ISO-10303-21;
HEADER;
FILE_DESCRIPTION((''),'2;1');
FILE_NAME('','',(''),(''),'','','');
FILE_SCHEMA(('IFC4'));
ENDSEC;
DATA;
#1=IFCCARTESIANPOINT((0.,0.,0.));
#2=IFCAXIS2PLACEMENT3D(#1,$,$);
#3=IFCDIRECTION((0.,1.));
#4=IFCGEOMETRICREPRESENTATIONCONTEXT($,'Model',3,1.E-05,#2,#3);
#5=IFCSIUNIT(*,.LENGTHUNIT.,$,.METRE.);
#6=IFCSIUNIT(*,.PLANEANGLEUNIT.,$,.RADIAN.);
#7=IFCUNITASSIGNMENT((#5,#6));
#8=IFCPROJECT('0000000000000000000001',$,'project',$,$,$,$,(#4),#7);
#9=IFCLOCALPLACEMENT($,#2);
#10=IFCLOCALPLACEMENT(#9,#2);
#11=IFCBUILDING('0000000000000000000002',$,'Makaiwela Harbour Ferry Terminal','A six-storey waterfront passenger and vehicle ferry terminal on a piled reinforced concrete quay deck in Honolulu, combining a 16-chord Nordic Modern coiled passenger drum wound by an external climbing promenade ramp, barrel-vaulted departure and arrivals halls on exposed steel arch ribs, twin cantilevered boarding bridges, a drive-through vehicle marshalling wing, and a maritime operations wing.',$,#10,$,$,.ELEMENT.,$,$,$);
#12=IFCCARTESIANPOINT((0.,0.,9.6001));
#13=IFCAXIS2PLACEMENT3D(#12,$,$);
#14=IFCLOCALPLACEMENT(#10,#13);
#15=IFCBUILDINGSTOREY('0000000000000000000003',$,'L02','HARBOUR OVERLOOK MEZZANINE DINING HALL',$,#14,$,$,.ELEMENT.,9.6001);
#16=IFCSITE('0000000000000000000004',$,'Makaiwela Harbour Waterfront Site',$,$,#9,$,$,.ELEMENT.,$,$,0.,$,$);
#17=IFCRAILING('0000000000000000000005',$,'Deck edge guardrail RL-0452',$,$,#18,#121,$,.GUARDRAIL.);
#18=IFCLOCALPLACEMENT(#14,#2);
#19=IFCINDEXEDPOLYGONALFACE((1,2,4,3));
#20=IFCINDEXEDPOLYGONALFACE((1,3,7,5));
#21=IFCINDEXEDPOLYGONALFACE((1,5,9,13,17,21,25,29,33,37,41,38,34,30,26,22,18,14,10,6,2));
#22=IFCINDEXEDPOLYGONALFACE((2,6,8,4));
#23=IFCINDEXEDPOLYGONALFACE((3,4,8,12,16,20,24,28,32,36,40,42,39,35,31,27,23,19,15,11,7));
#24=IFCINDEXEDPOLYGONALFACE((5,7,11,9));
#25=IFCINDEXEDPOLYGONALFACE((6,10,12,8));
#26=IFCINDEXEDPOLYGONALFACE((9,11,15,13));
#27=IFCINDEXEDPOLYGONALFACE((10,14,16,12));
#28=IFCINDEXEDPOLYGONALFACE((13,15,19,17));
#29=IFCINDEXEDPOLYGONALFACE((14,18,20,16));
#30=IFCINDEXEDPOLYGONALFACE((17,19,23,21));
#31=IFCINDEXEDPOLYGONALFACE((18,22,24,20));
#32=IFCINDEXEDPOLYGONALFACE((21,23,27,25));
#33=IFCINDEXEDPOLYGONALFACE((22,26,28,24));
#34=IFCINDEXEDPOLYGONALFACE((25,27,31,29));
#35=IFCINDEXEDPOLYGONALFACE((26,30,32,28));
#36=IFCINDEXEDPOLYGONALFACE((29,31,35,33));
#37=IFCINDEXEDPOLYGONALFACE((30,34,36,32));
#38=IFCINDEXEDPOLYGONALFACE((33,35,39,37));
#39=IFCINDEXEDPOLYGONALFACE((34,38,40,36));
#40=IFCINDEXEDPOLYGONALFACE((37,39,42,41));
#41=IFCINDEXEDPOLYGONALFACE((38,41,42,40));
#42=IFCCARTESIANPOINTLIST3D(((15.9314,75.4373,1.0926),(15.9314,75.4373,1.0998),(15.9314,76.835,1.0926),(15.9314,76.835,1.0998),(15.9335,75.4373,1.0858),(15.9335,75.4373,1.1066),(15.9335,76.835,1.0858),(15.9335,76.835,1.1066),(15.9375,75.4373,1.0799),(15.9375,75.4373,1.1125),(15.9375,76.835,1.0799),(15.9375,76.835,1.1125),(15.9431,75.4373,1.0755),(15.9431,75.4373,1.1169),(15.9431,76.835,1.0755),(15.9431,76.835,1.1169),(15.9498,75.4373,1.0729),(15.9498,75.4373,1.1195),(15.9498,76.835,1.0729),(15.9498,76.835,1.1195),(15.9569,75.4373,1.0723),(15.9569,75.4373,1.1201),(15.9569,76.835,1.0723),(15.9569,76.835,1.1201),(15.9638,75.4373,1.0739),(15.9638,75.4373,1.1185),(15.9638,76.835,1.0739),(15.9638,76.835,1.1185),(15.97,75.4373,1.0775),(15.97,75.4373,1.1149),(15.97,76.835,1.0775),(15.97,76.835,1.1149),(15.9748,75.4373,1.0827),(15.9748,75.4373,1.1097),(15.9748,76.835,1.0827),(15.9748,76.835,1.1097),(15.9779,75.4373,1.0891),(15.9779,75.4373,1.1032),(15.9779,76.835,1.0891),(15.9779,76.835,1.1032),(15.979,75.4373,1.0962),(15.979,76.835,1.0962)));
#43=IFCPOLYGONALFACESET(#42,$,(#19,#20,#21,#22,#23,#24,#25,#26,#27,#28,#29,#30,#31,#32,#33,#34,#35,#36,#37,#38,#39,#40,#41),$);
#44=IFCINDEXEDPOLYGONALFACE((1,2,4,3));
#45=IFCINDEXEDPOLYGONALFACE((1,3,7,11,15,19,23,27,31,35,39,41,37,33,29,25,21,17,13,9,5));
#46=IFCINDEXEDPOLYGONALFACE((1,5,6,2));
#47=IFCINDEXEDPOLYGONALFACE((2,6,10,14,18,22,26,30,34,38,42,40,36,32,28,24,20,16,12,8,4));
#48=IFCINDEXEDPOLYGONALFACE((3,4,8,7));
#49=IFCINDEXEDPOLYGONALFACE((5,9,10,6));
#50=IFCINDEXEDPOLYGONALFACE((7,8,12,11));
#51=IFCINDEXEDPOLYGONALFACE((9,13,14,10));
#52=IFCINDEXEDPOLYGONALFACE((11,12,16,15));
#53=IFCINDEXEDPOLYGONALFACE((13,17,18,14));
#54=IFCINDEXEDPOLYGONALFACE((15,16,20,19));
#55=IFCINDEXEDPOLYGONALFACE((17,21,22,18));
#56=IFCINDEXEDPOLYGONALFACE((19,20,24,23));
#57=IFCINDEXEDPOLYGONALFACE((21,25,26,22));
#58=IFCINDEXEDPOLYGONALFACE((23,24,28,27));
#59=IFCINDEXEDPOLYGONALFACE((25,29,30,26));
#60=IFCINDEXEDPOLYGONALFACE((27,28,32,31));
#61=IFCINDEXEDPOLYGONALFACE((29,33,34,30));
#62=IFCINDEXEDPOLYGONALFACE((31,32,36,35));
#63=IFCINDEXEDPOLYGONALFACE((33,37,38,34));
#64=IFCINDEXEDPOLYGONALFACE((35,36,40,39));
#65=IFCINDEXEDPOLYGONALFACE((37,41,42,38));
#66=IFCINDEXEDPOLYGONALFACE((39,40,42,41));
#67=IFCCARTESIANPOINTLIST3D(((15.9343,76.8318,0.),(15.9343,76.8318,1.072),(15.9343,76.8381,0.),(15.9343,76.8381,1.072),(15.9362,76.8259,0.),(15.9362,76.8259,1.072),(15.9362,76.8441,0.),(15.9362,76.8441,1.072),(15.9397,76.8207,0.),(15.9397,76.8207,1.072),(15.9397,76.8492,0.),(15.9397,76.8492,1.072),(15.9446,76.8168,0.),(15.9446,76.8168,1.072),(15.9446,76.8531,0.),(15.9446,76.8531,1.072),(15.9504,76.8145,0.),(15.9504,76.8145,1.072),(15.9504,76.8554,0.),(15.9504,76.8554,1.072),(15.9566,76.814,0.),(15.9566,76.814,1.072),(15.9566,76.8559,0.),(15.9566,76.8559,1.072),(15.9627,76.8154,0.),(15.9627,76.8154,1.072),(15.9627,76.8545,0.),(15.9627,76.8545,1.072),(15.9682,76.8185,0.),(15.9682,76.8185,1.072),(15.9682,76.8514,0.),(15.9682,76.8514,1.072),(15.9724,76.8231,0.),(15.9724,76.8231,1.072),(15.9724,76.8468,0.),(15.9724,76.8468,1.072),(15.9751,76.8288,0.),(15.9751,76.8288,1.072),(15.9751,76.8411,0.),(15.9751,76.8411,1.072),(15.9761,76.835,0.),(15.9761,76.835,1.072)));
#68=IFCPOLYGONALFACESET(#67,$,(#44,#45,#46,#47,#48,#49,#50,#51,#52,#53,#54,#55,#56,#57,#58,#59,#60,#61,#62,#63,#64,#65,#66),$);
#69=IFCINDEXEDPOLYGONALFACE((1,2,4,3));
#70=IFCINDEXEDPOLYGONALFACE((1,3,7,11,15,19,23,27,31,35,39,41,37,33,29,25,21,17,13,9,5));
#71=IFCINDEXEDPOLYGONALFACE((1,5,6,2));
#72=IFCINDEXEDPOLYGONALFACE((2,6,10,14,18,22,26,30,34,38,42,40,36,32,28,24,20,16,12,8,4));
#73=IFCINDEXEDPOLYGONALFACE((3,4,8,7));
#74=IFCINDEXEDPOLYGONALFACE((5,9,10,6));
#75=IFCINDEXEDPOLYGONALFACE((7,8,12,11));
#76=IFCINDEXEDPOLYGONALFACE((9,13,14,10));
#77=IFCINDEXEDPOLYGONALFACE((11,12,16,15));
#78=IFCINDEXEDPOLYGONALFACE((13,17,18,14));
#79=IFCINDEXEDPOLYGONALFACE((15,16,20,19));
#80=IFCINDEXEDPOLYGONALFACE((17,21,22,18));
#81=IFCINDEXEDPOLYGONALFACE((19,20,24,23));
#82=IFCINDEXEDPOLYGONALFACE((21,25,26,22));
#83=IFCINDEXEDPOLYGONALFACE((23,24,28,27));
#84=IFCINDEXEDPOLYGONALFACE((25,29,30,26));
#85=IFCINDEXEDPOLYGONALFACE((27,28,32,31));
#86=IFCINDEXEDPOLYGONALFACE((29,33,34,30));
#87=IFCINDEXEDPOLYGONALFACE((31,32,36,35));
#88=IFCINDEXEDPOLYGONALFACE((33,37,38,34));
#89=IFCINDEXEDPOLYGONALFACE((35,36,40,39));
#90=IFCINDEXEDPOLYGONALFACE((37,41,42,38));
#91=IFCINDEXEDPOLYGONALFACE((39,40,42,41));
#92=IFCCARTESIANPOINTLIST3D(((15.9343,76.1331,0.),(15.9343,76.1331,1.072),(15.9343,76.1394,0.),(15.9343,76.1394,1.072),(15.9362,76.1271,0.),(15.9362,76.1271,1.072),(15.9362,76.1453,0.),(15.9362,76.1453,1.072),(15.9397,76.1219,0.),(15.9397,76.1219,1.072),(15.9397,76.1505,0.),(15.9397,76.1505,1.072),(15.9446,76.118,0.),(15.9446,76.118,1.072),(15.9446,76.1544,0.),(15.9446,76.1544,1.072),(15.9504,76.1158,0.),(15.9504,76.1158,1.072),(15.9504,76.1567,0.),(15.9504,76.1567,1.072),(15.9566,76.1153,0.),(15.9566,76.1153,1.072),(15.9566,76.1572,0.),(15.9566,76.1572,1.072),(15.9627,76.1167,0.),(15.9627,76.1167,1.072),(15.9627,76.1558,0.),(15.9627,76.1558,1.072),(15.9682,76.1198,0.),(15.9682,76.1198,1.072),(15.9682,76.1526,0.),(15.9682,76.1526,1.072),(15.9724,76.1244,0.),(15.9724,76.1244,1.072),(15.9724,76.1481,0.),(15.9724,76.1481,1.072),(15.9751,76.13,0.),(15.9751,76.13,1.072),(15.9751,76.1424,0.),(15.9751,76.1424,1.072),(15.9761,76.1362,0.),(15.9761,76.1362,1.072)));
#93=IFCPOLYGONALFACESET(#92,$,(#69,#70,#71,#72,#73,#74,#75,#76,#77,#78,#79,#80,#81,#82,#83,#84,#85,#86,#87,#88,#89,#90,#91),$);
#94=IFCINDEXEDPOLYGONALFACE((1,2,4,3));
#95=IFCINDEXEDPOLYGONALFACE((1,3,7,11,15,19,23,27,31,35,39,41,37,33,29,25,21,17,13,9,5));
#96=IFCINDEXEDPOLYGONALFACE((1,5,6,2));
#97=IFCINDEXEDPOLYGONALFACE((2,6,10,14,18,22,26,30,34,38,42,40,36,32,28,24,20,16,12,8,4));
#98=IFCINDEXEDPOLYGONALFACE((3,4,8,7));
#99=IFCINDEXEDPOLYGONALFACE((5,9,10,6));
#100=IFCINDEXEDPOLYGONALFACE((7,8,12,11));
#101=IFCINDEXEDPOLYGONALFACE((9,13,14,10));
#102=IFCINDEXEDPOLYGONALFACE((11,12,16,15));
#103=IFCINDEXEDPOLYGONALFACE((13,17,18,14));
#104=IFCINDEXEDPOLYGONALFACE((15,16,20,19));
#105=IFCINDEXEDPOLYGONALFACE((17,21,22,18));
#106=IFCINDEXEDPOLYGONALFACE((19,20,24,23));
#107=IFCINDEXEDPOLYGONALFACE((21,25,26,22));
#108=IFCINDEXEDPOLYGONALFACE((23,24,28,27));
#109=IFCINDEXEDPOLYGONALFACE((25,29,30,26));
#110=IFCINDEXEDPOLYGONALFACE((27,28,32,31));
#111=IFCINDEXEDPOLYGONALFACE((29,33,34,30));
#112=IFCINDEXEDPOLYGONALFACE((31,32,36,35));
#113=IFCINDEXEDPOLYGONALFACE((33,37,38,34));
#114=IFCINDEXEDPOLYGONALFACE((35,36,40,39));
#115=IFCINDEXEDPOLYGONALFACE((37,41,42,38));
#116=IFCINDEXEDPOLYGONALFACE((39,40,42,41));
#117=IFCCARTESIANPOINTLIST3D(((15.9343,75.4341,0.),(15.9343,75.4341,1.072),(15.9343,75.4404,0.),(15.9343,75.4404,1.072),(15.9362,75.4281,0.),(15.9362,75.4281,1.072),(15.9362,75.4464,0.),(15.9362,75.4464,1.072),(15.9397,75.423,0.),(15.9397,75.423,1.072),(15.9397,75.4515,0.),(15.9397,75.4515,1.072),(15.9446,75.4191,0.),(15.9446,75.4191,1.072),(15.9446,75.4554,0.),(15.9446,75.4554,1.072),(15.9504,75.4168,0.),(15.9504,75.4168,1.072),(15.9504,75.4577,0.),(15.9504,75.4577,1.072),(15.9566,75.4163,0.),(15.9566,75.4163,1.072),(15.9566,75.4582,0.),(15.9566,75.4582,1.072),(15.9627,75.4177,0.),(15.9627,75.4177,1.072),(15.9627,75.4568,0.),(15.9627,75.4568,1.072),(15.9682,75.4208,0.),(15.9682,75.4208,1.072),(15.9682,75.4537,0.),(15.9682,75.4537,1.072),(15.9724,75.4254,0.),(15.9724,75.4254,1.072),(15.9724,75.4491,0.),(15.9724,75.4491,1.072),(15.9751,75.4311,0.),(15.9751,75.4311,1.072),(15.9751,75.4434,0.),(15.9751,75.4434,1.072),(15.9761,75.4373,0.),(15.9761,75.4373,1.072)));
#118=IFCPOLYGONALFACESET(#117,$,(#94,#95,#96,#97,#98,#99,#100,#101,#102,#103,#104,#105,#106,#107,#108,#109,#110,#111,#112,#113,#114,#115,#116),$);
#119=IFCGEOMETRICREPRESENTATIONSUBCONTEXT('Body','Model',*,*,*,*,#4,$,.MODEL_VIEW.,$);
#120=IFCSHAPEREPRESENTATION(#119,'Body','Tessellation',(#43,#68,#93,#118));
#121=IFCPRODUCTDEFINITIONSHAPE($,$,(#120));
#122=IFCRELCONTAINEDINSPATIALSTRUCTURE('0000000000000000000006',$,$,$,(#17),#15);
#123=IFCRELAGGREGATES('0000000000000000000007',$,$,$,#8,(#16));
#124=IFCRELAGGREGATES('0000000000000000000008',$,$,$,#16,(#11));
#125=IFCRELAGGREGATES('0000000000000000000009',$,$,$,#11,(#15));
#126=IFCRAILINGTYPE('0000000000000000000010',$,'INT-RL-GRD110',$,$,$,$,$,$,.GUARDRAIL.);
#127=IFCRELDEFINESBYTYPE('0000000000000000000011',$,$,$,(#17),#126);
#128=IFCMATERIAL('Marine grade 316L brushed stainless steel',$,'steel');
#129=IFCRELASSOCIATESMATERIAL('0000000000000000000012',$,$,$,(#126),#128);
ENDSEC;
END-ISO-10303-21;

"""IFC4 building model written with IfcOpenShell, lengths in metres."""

from ifc_helpers import new_model, si_unit, direction, frame, origin, origin_2d, place, context, subcontext, project, spatial, circle, extrude, material, type_object, element, save


model = new_model("IFC4")

# Units and contexts
model_context = context("Model", 3, precision=1e-05, world=origin(), true_north=direction((0.0, 1.0)))
body_context = subcontext(model_context, "Body", "Model", "MODEL_VIEW")
ifc_project = project(units=[si_unit("LENGTHUNIT", "METRE"), si_unit("PLANEANGLEUNIT", "RADIAN")], contexts=[model_context])

# Site, building, storey
site_placement = place(None, origin())
site = spatial("IfcSite", under=ifc_project, at=site_placement, Name="Makaiwela Harbour Waterfront Site", CompositionType="ELEMENT", RefElevation=0.0)
building_placement = place(site_placement, origin())
building = spatial("IfcBuilding", under=site, at=building_placement, Name="Makaiwela Harbour Ferry Terminal", Description="A six-storey waterfront passenger and vehicle ferry terminal on a piled reinforced concrete quay deck in Honolulu, combining a 16-chord Nordic Modern coiled passenger drum wound by an external climbing promenade ramp, barrel-vaulted departure and arrivals halls on exposed steel arch ribs, twin cantilevered boarding bridges, a drive-through vehicle marshalling wing, and a maritime operations wing.", CompositionType="ELEMENT")
storey_placement = place(building_placement, frame((0.0, 0.0, 9.6001)))
storey = spatial("IfcBuildingStorey", under=building, at=storey_placement, Name="L02", Description="HARBOUR OVERLOOK MEZZANINE DINING HALL", CompositionType="ELEMENT", Elevation=9.6001)

# Railing
ifc_material_1 = material(Name="Marine grade 316L brushed stainless steel", Category="steel")
railing_type = type_object("IfcRailingType", Name="INT-RL-GRD110", PredefinedType="GUARDRAIL", material=ifc_material_1)
railing_1_placement = place(storey_placement, frame((15.9551, 76.835, 0.0)))
element("IfcRailing", 1, at=railing_1_placement, inside=storey, type_object=railing_type, Name="Deck edge guardrail RL-0452", PredefinedType="GUARDRAIL", context=body_context, shape_type="SweptSolid", body=[
    extrude(circle(Radius=0.0239, at=origin_2d()), frame((0.0, 0.0, 1.0962), z_axis=(0.0, -1.0, 0.0), x_axis=(1.0, 0.0, 0.0)), (0.0, 0.0, 1.0), 1.3977),
    extrude(circle(Radius=0.021, at=origin_2d()), origin(), (0.0, 0.0, 1.0), 1.072),
    extrude(circle(Radius=0.021, at=origin_2d()), frame((0.0, -0.6987, 0.0)), (0.0, 0.0, 1.0), 1.072),
    extrude(circle(Radius=0.021, at=origin_2d()), frame((0.0, -1.3977, 0.0)), (0.0, 0.0, 1.0), 1.072),
])

save(model, "model.ifc")
